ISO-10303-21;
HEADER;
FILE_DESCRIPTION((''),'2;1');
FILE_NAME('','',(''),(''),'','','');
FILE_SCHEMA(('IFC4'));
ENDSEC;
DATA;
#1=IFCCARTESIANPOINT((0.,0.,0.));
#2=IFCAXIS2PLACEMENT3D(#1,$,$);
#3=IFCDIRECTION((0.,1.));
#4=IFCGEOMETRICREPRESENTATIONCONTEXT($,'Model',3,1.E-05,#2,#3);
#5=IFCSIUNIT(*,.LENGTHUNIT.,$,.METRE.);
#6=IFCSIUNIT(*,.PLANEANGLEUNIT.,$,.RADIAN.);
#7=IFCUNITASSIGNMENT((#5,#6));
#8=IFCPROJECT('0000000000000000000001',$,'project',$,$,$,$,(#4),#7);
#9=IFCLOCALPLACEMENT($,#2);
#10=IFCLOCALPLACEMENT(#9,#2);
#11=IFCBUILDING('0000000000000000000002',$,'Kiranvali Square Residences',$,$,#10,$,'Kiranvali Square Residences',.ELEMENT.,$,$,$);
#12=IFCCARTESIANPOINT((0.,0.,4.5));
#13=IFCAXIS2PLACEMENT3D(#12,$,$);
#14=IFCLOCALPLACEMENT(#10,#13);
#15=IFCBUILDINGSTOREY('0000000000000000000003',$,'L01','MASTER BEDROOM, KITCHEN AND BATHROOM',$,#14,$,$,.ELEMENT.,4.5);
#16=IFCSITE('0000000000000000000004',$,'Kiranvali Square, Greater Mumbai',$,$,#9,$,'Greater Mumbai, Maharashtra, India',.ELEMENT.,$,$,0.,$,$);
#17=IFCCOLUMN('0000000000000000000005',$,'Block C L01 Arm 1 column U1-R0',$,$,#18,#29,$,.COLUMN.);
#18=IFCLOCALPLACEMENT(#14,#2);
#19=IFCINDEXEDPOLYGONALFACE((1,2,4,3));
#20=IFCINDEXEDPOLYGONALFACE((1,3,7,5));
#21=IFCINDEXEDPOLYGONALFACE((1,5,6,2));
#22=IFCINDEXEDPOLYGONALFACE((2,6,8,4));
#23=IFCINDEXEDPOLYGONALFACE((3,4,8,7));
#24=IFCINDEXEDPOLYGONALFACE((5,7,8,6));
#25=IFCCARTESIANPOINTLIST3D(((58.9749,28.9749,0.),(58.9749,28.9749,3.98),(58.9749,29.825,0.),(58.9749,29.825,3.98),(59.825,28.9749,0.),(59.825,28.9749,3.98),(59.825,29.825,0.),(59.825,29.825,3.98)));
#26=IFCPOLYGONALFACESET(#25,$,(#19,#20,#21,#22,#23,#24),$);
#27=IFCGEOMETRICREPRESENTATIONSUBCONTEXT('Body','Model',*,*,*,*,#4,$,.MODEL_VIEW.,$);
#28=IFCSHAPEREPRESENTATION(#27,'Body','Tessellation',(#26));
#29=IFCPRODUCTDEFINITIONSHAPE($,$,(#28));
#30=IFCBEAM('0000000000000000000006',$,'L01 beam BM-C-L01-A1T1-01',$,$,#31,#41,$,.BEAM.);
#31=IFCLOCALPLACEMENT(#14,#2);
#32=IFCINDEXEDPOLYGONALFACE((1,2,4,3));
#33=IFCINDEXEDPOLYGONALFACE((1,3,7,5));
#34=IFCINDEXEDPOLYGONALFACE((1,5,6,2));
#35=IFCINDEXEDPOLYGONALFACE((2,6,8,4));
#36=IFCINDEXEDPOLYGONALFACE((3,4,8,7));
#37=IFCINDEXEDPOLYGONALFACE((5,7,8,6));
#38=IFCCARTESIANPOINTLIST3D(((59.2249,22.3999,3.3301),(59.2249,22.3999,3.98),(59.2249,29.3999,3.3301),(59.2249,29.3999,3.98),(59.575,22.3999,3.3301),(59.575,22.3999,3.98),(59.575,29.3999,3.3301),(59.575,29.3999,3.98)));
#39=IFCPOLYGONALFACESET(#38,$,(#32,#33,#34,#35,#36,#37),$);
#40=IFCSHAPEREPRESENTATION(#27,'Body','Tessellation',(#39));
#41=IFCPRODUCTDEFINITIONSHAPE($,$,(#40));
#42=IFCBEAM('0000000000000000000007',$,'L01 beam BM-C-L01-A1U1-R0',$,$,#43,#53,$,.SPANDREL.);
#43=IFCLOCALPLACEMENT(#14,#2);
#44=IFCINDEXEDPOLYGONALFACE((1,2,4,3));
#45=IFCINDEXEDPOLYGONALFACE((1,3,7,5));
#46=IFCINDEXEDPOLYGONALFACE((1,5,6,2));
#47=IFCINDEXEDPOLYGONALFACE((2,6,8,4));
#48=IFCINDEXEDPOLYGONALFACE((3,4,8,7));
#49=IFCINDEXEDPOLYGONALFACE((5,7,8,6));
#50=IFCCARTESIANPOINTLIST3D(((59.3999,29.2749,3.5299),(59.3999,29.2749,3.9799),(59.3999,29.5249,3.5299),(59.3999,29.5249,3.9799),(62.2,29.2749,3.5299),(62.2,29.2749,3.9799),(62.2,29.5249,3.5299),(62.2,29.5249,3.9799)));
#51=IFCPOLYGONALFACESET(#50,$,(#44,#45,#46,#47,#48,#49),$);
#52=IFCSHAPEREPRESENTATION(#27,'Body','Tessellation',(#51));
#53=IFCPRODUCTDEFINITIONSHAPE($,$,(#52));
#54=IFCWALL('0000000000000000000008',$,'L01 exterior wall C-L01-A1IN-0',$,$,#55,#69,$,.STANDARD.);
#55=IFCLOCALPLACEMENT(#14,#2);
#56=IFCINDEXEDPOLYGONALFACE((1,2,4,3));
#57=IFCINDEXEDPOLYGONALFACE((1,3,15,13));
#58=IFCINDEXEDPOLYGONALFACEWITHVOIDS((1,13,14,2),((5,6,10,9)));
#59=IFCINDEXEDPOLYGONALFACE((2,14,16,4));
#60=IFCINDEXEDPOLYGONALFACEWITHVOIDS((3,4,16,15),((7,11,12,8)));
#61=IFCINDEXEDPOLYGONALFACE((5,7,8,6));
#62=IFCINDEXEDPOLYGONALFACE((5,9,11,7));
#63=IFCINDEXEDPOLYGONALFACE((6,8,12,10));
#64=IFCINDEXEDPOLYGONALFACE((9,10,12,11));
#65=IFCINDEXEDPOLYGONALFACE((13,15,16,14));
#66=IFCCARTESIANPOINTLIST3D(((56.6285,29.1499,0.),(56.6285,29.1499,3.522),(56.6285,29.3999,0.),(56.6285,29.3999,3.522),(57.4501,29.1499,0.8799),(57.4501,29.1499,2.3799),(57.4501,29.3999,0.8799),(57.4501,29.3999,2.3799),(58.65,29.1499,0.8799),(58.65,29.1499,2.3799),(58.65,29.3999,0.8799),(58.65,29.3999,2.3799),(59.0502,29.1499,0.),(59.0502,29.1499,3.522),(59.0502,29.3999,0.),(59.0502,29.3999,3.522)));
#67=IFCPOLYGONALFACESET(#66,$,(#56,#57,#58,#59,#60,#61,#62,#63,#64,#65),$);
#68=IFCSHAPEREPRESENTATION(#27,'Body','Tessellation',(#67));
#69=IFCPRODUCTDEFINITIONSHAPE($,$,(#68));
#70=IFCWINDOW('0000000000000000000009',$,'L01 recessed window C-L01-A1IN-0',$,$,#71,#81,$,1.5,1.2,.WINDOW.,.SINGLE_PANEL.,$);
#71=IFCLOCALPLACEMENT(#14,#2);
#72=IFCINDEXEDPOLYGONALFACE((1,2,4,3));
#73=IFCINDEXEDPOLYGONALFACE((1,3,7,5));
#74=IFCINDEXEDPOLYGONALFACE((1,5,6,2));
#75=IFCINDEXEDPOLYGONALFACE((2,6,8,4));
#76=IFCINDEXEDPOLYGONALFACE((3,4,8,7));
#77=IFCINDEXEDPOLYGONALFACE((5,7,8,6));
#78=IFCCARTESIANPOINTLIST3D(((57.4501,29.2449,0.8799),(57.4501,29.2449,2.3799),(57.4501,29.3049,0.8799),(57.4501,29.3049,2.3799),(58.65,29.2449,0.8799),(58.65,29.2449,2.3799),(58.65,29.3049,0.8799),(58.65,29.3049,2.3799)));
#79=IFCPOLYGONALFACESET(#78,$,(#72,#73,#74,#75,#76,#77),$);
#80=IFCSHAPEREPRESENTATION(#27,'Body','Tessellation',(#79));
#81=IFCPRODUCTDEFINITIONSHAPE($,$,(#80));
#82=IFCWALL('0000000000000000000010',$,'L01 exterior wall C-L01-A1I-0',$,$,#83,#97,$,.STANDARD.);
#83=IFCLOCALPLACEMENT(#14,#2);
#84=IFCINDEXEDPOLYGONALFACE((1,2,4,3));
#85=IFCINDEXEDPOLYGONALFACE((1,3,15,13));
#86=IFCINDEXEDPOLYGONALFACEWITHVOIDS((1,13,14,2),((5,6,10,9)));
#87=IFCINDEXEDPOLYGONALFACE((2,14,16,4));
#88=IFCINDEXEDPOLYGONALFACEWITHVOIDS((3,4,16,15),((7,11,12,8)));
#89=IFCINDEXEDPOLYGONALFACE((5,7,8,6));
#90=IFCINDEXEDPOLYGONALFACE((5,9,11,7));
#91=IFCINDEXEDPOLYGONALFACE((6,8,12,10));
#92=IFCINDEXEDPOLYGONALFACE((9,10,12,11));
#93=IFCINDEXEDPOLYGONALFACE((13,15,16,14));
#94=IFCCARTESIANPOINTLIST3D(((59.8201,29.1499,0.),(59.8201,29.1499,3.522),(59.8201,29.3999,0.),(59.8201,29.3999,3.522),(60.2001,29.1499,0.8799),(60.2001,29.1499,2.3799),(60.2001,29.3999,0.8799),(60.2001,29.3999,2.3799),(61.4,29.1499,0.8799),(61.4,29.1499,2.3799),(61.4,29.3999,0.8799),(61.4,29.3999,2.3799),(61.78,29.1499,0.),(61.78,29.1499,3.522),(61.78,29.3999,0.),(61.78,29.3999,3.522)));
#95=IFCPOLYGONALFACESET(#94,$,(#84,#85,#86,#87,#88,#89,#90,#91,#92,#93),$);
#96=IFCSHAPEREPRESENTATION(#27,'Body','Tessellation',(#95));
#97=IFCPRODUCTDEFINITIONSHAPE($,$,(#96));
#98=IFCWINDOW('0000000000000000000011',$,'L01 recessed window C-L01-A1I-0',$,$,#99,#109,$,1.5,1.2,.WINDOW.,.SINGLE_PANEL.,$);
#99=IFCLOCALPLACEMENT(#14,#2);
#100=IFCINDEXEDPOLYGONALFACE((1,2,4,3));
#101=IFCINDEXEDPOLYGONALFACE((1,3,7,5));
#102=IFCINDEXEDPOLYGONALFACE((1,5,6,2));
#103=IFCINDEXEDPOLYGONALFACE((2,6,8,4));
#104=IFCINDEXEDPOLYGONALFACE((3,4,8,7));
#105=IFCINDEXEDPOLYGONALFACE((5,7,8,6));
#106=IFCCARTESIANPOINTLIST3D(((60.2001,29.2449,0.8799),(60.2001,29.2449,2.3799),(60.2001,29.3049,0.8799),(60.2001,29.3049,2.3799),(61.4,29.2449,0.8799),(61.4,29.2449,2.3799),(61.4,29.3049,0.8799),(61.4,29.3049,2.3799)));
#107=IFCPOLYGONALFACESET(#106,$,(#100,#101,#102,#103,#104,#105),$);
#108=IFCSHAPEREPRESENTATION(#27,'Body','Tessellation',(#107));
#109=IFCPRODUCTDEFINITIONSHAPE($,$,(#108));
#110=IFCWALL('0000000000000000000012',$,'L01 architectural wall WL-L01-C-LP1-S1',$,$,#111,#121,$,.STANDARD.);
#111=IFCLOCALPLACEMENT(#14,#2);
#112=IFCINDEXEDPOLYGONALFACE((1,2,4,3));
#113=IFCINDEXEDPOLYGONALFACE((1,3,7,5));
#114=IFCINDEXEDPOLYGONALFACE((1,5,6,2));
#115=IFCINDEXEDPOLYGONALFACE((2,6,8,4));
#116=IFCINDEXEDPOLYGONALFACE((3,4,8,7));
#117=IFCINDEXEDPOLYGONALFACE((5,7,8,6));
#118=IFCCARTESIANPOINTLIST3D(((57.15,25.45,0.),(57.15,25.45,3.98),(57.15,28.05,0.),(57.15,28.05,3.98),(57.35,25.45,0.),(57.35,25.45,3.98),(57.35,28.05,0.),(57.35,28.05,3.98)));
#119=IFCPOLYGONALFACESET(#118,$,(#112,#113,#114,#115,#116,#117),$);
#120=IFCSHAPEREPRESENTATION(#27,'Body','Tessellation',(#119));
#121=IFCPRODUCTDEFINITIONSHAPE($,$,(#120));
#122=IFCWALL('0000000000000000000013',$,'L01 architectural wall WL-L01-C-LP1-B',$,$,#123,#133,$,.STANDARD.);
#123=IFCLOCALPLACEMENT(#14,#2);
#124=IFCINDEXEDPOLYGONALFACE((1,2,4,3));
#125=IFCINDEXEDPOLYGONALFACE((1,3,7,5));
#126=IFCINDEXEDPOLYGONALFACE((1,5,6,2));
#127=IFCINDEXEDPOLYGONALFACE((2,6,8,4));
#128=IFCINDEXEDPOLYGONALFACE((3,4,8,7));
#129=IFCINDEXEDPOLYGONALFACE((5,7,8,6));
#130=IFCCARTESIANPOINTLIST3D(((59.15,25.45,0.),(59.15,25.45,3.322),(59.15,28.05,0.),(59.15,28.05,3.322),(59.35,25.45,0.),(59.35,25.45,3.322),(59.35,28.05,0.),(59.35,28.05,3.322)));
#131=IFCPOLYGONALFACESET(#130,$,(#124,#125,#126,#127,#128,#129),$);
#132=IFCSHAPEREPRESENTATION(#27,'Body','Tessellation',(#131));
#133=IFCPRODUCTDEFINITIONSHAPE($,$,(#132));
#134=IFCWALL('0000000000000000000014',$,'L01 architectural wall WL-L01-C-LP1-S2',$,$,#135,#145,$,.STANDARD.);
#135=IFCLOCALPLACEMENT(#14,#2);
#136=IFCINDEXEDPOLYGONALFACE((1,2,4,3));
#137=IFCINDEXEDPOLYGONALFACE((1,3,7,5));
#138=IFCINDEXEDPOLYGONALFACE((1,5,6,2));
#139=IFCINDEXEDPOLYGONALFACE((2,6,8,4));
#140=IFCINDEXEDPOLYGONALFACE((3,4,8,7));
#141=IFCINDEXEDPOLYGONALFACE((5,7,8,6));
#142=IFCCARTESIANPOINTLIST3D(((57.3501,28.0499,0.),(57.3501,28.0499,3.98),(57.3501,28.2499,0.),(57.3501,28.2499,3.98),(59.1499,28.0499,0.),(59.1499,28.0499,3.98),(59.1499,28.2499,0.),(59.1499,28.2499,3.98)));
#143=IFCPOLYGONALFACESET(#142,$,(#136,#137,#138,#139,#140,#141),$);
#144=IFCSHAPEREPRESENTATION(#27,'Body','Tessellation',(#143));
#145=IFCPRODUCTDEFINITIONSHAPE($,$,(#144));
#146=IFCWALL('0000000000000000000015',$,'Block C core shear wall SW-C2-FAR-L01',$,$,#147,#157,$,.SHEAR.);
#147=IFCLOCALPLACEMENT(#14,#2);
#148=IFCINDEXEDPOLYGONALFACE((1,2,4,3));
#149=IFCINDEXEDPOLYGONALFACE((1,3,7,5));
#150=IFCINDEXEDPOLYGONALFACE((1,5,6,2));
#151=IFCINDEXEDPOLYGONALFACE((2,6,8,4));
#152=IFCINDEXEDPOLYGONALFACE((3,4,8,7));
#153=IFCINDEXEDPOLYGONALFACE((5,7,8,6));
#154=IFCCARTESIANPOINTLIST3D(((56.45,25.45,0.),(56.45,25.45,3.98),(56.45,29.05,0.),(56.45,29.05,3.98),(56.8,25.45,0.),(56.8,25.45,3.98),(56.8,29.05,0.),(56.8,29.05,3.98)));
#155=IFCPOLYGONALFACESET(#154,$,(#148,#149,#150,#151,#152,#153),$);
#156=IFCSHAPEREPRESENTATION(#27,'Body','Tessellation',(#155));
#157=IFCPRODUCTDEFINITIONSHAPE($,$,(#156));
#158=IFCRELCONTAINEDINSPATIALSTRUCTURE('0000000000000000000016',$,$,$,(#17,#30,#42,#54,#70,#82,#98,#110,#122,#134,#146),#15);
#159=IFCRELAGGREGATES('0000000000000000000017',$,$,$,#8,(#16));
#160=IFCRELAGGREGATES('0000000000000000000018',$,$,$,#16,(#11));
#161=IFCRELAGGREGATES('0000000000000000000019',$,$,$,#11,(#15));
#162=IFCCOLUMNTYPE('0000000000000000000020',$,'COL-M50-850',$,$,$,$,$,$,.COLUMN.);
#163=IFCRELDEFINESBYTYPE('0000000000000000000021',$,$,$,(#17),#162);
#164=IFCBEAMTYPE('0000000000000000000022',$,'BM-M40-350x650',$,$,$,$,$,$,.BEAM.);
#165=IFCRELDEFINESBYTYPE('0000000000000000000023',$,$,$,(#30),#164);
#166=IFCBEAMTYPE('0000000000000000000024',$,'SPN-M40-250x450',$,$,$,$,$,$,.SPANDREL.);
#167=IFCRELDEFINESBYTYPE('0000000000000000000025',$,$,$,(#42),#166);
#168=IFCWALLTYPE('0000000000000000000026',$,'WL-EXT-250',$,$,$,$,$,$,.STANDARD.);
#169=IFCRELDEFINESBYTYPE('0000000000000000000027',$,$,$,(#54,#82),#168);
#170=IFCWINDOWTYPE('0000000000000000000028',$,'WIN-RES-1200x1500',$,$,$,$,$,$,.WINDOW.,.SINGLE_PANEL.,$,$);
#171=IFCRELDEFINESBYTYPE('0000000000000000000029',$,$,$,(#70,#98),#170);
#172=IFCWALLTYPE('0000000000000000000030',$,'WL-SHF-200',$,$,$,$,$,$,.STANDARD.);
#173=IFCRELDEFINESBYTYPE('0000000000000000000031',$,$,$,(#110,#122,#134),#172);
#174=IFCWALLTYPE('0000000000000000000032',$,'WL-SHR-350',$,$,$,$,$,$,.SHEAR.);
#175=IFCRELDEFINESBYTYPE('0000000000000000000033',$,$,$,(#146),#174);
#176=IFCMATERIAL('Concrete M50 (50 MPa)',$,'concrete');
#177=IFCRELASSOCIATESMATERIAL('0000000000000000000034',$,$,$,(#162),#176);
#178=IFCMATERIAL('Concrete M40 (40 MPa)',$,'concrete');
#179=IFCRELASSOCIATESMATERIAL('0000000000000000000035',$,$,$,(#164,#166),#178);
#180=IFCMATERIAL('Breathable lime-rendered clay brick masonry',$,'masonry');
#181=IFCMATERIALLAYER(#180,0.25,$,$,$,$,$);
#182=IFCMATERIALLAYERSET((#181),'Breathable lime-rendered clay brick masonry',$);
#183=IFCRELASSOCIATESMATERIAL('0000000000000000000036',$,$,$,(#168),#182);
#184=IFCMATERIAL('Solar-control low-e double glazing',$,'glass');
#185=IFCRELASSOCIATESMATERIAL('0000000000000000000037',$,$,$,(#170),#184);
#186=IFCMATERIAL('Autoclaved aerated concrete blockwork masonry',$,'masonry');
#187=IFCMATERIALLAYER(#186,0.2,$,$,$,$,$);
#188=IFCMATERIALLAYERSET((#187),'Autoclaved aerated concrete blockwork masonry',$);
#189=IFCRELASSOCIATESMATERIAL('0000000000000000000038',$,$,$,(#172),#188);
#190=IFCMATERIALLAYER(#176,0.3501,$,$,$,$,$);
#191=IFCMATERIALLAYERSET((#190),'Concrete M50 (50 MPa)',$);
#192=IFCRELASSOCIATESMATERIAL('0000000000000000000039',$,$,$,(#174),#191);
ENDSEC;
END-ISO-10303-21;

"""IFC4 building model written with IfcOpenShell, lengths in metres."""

from ifc_helpers import new_model, si_unit, direction, frame, frame_2d, origin, origin_2d, place, context, subcontext, project, spatial, rectangle, extrude, material, layer, layer_set, material_profile, profile_set, type_object, element, fill, save


model = new_model("IFC4")

# Units and contexts
model_context = context("Model", 3, precision=1e-05, world=origin(), true_north=direction((0.0, 1.0)))
body_context = subcontext(model_context, "Body", "Model", "MODEL_VIEW")
ifc_project = project(units=[si_unit("LENGTHUNIT", "METRE"), si_unit("PLANEANGLEUNIT", "RADIAN")], contexts=[model_context])

# Site, building, storey
site_placement = place(None, origin())
site = spatial("IfcSite", under=ifc_project, at=site_placement, Name="Kiranvali Square, Greater Mumbai", LongName="Greater Mumbai, Maharashtra, India", CompositionType="ELEMENT", RefElevation=0.0)
building_placement = place(site_placement, origin())
building = spatial("IfcBuilding", under=site, at=building_placement, Name="Kiranvali Square Residences", LongName="Kiranvali Square Residences", CompositionType="ELEMENT")
storey_placement = place(building_placement, frame((0.0, 0.0, 4.5)))
storey = spatial("IfcBuildingStorey", under=building, at=storey_placement, Name="L01", Description="MASTER BEDROOM, KITCHEN AND BATHROOM", CompositionType="ELEMENT", Elevation=4.5)

# Column
ifc_material_1 = material(Name="Concrete M50 (50 MPa)", Category="concrete")
ifc_material_profile_1 = material_profile(ifc_material_1, rectangle(XDim=0.8501, YDim=0.8501, at=origin_2d()), Name="RC 850x850")
ifc_profile_set_1 = profile_set([ifc_material_profile_1], Name="Concrete M50 (50 MPa)")
column_type = type_object("IfcColumnType", Name="COL-M50-850", PredefinedType="COLUMN", material=ifc_profile_set_1)
column_placement = place(storey_placement, frame((59.3999, 29.3999, 0.0), z_axis=(0.0, 0.0, 1.0), x_axis=(1.0, 0.0, 0.0)))
element("IfcColumn", 1, at=column_placement, inside=storey, type_object=column_type, Name="Block C L01 Arm 1 column U1-R0", PredefinedType="COLUMN", context=body_context, shape_type="SweptSolid", body=[
    extrude(rectangle(XDim=0.8501, YDim=0.8501, at=origin_2d()), origin(), (0.0, 0.0, 1.0), 3.98),
])

# Beams
ifc_material_2 = material(Name="Concrete M40 (40 MPa)", Category="concrete")
ifc_material_profile_2 = material_profile(ifc_material_2, rectangle(XDim=0.3501, YDim=0.6499, at=origin_2d()), Name="RC 350x650")
ifc_profile_set_2 = profile_set([ifc_material_profile_2], Name="Concrete M40 (40 MPa)")
beam_type_1 = type_object("IfcBeamType", Name="BM-M40-350x650", PredefinedType="BEAM", material=ifc_profile_set_2)
beam_1_placement = place(storey_placement, frame((59.3999, 29.3999, 3.655), z_axis=(0.0, -1.0, 0.0), x_axis=(1.0, 0.0, 0.0)))
element("IfcBeam", 2, at=beam_1_placement, inside=storey, type_object=beam_type_1, Name="L01 beam BM-C-L01-A1T1-01", PredefinedType="BEAM", context=body_context, shape_type="SweptSolid", body=[
    extrude(rectangle(XDim=0.3501, YDim=0.6499, at=origin_2d()), origin(), (0.0, 0.0, 1.0), 7.0),
])
ifc_material_profile_3 = material_profile(ifc_material_2, rectangle(XDim=0.25, YDim=0.45, at=origin_2d()), Name="RC 250x450")
ifc_profile_set_3 = profile_set([ifc_material_profile_3], Name="Concrete M40 (40 MPa)")
beam_type_2 = type_object("IfcBeamType", Name="SPN-M40-250x450", PredefinedType="SPANDREL", material=ifc_profile_set_3)
beam_2_placement = place(storey_placement, frame((59.3999, 29.3999, 3.7549), z_axis=(1.0, 0.0, 0.0), x_axis=(0.0, 1.0, 0.0)))
element("IfcBeam", 3, at=beam_2_placement, inside=storey, type_object=beam_type_2, Name="L01 beam BM-C-L01-A1U1-R0", PredefinedType="SPANDREL", context=body_context, shape_type="SweptSolid", body=[
    extrude(rectangle(XDim=0.25, YDim=0.45, at=origin_2d()), origin(), (0.0, 0.0, 1.0), 2.8),
])

# Walls, openings, windows
ifc_material_3 = material(Name="Breathable lime-rendered clay brick masonry", Category="masonry")
ifc_layer_1 = layer(ifc_material_3, 0.25)
ifc_layer_set_1 = layer_set([ifc_layer_1], Name="Breathable lime-rendered clay brick masonry")
wall_type_1 = type_object("IfcWallType", Name="WL-EXT-250", PredefinedType="STANDARD", material=ifc_layer_set_1)
wall_1_placement = place(storey_placement, frame((56.6284, 29.2749, 0.0), z_axis=(0.0, 0.0, 1.0), x_axis=(1.0, 0.0, 0.0)))
wall_1 = element("IfcWall", 4, at=wall_1_placement, inside=storey, type_object=wall_type_1, Name="L01 exterior wall C-L01-A1IN-0", PredefinedType="STANDARD", context=body_context, shape_type="SweptSolid", body=[
    extrude(rectangle(XDim=2.4216, YDim=0.25, at=frame_2d((1.2109, 0.0))), origin(), (0.0, 0.0, 1.0), 3.522),
])
opening_1_placement = place(wall_1_placement, frame((0.8215, 0.0, 0.8799)))
opening_1 = element("IfcOpeningElement", 5, at=opening_1_placement, cuts=wall_1, PredefinedType="OPENING", context=body_context, shape_type="SweptSolid", body=[
    extrude(rectangle(XDim=1.2, YDim=1.5, at=frame_2d((0.6001, 0.75))), frame((0.0, 0.135, 0.0), z_axis=(0.0, -1.0, 0.0), x_axis=(1.0, 0.0, 0.0)), (0.0, 0.0, 1.0), 0.27),
])
ifc_material_4 = material(Name="Solar-control low-e double glazing", Category="glass")
window_type = type_object("IfcWindowType", Name="WIN-RES-1200x1500", PartitioningType="SINGLE_PANEL", PredefinedType="WINDOW", material=ifc_material_4)
window_1_placement = place(opening_1_placement, origin())
window_1 = element("IfcWindow", 6, at=window_1_placement, inside=storey, type_object=window_type, Name="L01 recessed window C-L01-A1IN-0", OverallHeight=1.5, OverallWidth=1.2, PartitioningType="SINGLE_PANEL", PredefinedType="WINDOW", context=body_context, shape_type="SweptSolid", body=[
    extrude(rectangle(XDim=1.2, YDim=1.5, at=frame_2d((0.6001, 0.75))), frame((0.0, 0.03, 0.0), z_axis=(0.0, -1.0, 0.0), x_axis=(1.0, 0.0, 0.0)), (0.0, 0.0, 1.0), 0.0601),
])
fill(opening_1, window_1)
wall_2_placement = place(storey_placement, frame((59.8201, 29.2749, 0.0), z_axis=(0.0, 0.0, 1.0), x_axis=(1.0, 0.0, 0.0)))
wall_2 = element("IfcWall", 7, at=wall_2_placement, inside=storey, type_object=wall_type_1, Name="L01 exterior wall C-L01-A1I-0", PredefinedType="STANDARD", context=body_context, shape_type="SweptSolid", body=[
    extrude(rectangle(XDim=1.96, YDim=0.25, at=frame_2d((0.98, 0.0))), origin(), (0.0, 0.0, 1.0), 3.522),
])
opening_2_placement = place(wall_2_placement, frame((0.3799, 0.0, 0.8799)))
opening_2 = element("IfcOpeningElement", 8, at=opening_2_placement, cuts=wall_2, PredefinedType="OPENING", context=body_context, shape_type="SweptSolid", body=[
    extrude(rectangle(XDim=1.2, YDim=1.5, at=frame_2d((0.6001, 0.75))), frame((0.0, 0.135, 0.0), z_axis=(0.0, -1.0, 0.0), x_axis=(1.0, 0.0, 0.0)), (0.0, 0.0, 1.0), 0.27),
])
window_2_placement = place(opening_2_placement, origin())
window_2 = element("IfcWindow", 9, at=window_2_placement, inside=storey, type_object=window_type, Name="L01 recessed window C-L01-A1I-0", OverallHeight=1.5, OverallWidth=1.2, PartitioningType="SINGLE_PANEL", PredefinedType="WINDOW", context=body_context, shape_type="SweptSolid", body=[
    extrude(rectangle(XDim=1.2, YDim=1.5, at=frame_2d((0.6001, 0.75))), frame((0.0, 0.03, 0.0), z_axis=(0.0, -1.0, 0.0), x_axis=(1.0, 0.0, 0.0)), (0.0, 0.0, 1.0), 0.0601),
])
fill(opening_2, window_2)

# Walls
ifc_material_5 = material(Name="Autoclaved aerated concrete blockwork masonry", Category="masonry")
ifc_layer_2 = layer(ifc_material_5, 0.2)
ifc_layer_set_2 = layer_set([ifc_layer_2], Name="Autoclaved aerated concrete blockwork masonry")
wall_type_2 = type_object("IfcWallType", Name="WL-SHF-200", PredefinedType="STANDARD", material=ifc_layer_set_2)
wall_3_placement = place(storey_placement, frame((57.25, 28.05, 0.0), z_axis=(0.0, 0.0, 1.0), x_axis=(0.0, -1.0, 0.0)))
element("IfcWall", 10, at=wall_3_placement, inside=storey, type_object=wall_type_2, Name="L01 architectural wall WL-L01-C-LP1-S1", PredefinedType="STANDARD", context=body_context, shape_type="SweptSolid", body=[
    extrude(rectangle(XDim=2.6001, YDim=0.2, at=frame_2d((1.3, 0.0))), origin(), (0.0, 0.0, 1.0), 3.98),
])
wall_4_placement = place(storey_placement, frame((59.25, 28.05, 0.0), z_axis=(0.0, 0.0, 1.0), x_axis=(0.0, -1.0, 0.0)))
element("IfcWall", 11, at=wall_4_placement, inside=storey, type_object=wall_type_2, Name="L01 architectural wall WL-L01-C-LP1-B", PredefinedType="STANDARD", context=body_context, shape_type="SweptSolid", body=[
    extrude(rectangle(XDim=2.6001, YDim=0.2, at=frame_2d((1.3, 0.0))), origin(), (0.0, 0.0, 1.0), 3.322),
])
wall_5_placement = place(storey_placement, frame((57.3501, 28.1499, 0.0), z_axis=(0.0, 0.0, 1.0), x_axis=(1.0, 0.0, 0.0)))
element("IfcWall", 12, at=wall_5_placement, inside=storey, type_object=wall_type_2, Name="L01 architectural wall WL-L01-C-LP1-S2", PredefinedType="STANDARD", context=body_context, shape_type="SweptSolid", body=[
    extrude(rectangle(XDim=1.7998, YDim=0.2, at=frame_2d((0.8999, 0.0))), origin(), (0.0, 0.0, 1.0), 3.98),
])

# Wall
ifc_layer_3 = layer(ifc_material_1, 0.3501)
ifc_layer_set_3 = layer_set([ifc_layer_3], Name="Concrete M50 (50 MPa)")
wall_type_3 = type_object("IfcWallType", Name="WL-SHR-350", PredefinedType="SHEAR", material=ifc_layer_set_3)
wall_6_placement = place(storey_placement, frame((56.625, 29.05, 0.0), z_axis=(0.0, 0.0, 1.0), x_axis=(0.0, -1.0, 0.0)))
element("IfcWall", 13, at=wall_6_placement, inside=storey, type_object=wall_type_3, Name="Block C core shear wall SW-C2-FAR-L01", PredefinedType="SHEAR", context=body_context, shape_type="SweptSolid", body=[
    extrude(rectangle(XDim=3.6001, YDim=0.3501, at=frame_2d((1.8, 0.0))), origin(), (0.0, 0.0, 1.0), 3.98),
])

save(model, "model.ifc")
